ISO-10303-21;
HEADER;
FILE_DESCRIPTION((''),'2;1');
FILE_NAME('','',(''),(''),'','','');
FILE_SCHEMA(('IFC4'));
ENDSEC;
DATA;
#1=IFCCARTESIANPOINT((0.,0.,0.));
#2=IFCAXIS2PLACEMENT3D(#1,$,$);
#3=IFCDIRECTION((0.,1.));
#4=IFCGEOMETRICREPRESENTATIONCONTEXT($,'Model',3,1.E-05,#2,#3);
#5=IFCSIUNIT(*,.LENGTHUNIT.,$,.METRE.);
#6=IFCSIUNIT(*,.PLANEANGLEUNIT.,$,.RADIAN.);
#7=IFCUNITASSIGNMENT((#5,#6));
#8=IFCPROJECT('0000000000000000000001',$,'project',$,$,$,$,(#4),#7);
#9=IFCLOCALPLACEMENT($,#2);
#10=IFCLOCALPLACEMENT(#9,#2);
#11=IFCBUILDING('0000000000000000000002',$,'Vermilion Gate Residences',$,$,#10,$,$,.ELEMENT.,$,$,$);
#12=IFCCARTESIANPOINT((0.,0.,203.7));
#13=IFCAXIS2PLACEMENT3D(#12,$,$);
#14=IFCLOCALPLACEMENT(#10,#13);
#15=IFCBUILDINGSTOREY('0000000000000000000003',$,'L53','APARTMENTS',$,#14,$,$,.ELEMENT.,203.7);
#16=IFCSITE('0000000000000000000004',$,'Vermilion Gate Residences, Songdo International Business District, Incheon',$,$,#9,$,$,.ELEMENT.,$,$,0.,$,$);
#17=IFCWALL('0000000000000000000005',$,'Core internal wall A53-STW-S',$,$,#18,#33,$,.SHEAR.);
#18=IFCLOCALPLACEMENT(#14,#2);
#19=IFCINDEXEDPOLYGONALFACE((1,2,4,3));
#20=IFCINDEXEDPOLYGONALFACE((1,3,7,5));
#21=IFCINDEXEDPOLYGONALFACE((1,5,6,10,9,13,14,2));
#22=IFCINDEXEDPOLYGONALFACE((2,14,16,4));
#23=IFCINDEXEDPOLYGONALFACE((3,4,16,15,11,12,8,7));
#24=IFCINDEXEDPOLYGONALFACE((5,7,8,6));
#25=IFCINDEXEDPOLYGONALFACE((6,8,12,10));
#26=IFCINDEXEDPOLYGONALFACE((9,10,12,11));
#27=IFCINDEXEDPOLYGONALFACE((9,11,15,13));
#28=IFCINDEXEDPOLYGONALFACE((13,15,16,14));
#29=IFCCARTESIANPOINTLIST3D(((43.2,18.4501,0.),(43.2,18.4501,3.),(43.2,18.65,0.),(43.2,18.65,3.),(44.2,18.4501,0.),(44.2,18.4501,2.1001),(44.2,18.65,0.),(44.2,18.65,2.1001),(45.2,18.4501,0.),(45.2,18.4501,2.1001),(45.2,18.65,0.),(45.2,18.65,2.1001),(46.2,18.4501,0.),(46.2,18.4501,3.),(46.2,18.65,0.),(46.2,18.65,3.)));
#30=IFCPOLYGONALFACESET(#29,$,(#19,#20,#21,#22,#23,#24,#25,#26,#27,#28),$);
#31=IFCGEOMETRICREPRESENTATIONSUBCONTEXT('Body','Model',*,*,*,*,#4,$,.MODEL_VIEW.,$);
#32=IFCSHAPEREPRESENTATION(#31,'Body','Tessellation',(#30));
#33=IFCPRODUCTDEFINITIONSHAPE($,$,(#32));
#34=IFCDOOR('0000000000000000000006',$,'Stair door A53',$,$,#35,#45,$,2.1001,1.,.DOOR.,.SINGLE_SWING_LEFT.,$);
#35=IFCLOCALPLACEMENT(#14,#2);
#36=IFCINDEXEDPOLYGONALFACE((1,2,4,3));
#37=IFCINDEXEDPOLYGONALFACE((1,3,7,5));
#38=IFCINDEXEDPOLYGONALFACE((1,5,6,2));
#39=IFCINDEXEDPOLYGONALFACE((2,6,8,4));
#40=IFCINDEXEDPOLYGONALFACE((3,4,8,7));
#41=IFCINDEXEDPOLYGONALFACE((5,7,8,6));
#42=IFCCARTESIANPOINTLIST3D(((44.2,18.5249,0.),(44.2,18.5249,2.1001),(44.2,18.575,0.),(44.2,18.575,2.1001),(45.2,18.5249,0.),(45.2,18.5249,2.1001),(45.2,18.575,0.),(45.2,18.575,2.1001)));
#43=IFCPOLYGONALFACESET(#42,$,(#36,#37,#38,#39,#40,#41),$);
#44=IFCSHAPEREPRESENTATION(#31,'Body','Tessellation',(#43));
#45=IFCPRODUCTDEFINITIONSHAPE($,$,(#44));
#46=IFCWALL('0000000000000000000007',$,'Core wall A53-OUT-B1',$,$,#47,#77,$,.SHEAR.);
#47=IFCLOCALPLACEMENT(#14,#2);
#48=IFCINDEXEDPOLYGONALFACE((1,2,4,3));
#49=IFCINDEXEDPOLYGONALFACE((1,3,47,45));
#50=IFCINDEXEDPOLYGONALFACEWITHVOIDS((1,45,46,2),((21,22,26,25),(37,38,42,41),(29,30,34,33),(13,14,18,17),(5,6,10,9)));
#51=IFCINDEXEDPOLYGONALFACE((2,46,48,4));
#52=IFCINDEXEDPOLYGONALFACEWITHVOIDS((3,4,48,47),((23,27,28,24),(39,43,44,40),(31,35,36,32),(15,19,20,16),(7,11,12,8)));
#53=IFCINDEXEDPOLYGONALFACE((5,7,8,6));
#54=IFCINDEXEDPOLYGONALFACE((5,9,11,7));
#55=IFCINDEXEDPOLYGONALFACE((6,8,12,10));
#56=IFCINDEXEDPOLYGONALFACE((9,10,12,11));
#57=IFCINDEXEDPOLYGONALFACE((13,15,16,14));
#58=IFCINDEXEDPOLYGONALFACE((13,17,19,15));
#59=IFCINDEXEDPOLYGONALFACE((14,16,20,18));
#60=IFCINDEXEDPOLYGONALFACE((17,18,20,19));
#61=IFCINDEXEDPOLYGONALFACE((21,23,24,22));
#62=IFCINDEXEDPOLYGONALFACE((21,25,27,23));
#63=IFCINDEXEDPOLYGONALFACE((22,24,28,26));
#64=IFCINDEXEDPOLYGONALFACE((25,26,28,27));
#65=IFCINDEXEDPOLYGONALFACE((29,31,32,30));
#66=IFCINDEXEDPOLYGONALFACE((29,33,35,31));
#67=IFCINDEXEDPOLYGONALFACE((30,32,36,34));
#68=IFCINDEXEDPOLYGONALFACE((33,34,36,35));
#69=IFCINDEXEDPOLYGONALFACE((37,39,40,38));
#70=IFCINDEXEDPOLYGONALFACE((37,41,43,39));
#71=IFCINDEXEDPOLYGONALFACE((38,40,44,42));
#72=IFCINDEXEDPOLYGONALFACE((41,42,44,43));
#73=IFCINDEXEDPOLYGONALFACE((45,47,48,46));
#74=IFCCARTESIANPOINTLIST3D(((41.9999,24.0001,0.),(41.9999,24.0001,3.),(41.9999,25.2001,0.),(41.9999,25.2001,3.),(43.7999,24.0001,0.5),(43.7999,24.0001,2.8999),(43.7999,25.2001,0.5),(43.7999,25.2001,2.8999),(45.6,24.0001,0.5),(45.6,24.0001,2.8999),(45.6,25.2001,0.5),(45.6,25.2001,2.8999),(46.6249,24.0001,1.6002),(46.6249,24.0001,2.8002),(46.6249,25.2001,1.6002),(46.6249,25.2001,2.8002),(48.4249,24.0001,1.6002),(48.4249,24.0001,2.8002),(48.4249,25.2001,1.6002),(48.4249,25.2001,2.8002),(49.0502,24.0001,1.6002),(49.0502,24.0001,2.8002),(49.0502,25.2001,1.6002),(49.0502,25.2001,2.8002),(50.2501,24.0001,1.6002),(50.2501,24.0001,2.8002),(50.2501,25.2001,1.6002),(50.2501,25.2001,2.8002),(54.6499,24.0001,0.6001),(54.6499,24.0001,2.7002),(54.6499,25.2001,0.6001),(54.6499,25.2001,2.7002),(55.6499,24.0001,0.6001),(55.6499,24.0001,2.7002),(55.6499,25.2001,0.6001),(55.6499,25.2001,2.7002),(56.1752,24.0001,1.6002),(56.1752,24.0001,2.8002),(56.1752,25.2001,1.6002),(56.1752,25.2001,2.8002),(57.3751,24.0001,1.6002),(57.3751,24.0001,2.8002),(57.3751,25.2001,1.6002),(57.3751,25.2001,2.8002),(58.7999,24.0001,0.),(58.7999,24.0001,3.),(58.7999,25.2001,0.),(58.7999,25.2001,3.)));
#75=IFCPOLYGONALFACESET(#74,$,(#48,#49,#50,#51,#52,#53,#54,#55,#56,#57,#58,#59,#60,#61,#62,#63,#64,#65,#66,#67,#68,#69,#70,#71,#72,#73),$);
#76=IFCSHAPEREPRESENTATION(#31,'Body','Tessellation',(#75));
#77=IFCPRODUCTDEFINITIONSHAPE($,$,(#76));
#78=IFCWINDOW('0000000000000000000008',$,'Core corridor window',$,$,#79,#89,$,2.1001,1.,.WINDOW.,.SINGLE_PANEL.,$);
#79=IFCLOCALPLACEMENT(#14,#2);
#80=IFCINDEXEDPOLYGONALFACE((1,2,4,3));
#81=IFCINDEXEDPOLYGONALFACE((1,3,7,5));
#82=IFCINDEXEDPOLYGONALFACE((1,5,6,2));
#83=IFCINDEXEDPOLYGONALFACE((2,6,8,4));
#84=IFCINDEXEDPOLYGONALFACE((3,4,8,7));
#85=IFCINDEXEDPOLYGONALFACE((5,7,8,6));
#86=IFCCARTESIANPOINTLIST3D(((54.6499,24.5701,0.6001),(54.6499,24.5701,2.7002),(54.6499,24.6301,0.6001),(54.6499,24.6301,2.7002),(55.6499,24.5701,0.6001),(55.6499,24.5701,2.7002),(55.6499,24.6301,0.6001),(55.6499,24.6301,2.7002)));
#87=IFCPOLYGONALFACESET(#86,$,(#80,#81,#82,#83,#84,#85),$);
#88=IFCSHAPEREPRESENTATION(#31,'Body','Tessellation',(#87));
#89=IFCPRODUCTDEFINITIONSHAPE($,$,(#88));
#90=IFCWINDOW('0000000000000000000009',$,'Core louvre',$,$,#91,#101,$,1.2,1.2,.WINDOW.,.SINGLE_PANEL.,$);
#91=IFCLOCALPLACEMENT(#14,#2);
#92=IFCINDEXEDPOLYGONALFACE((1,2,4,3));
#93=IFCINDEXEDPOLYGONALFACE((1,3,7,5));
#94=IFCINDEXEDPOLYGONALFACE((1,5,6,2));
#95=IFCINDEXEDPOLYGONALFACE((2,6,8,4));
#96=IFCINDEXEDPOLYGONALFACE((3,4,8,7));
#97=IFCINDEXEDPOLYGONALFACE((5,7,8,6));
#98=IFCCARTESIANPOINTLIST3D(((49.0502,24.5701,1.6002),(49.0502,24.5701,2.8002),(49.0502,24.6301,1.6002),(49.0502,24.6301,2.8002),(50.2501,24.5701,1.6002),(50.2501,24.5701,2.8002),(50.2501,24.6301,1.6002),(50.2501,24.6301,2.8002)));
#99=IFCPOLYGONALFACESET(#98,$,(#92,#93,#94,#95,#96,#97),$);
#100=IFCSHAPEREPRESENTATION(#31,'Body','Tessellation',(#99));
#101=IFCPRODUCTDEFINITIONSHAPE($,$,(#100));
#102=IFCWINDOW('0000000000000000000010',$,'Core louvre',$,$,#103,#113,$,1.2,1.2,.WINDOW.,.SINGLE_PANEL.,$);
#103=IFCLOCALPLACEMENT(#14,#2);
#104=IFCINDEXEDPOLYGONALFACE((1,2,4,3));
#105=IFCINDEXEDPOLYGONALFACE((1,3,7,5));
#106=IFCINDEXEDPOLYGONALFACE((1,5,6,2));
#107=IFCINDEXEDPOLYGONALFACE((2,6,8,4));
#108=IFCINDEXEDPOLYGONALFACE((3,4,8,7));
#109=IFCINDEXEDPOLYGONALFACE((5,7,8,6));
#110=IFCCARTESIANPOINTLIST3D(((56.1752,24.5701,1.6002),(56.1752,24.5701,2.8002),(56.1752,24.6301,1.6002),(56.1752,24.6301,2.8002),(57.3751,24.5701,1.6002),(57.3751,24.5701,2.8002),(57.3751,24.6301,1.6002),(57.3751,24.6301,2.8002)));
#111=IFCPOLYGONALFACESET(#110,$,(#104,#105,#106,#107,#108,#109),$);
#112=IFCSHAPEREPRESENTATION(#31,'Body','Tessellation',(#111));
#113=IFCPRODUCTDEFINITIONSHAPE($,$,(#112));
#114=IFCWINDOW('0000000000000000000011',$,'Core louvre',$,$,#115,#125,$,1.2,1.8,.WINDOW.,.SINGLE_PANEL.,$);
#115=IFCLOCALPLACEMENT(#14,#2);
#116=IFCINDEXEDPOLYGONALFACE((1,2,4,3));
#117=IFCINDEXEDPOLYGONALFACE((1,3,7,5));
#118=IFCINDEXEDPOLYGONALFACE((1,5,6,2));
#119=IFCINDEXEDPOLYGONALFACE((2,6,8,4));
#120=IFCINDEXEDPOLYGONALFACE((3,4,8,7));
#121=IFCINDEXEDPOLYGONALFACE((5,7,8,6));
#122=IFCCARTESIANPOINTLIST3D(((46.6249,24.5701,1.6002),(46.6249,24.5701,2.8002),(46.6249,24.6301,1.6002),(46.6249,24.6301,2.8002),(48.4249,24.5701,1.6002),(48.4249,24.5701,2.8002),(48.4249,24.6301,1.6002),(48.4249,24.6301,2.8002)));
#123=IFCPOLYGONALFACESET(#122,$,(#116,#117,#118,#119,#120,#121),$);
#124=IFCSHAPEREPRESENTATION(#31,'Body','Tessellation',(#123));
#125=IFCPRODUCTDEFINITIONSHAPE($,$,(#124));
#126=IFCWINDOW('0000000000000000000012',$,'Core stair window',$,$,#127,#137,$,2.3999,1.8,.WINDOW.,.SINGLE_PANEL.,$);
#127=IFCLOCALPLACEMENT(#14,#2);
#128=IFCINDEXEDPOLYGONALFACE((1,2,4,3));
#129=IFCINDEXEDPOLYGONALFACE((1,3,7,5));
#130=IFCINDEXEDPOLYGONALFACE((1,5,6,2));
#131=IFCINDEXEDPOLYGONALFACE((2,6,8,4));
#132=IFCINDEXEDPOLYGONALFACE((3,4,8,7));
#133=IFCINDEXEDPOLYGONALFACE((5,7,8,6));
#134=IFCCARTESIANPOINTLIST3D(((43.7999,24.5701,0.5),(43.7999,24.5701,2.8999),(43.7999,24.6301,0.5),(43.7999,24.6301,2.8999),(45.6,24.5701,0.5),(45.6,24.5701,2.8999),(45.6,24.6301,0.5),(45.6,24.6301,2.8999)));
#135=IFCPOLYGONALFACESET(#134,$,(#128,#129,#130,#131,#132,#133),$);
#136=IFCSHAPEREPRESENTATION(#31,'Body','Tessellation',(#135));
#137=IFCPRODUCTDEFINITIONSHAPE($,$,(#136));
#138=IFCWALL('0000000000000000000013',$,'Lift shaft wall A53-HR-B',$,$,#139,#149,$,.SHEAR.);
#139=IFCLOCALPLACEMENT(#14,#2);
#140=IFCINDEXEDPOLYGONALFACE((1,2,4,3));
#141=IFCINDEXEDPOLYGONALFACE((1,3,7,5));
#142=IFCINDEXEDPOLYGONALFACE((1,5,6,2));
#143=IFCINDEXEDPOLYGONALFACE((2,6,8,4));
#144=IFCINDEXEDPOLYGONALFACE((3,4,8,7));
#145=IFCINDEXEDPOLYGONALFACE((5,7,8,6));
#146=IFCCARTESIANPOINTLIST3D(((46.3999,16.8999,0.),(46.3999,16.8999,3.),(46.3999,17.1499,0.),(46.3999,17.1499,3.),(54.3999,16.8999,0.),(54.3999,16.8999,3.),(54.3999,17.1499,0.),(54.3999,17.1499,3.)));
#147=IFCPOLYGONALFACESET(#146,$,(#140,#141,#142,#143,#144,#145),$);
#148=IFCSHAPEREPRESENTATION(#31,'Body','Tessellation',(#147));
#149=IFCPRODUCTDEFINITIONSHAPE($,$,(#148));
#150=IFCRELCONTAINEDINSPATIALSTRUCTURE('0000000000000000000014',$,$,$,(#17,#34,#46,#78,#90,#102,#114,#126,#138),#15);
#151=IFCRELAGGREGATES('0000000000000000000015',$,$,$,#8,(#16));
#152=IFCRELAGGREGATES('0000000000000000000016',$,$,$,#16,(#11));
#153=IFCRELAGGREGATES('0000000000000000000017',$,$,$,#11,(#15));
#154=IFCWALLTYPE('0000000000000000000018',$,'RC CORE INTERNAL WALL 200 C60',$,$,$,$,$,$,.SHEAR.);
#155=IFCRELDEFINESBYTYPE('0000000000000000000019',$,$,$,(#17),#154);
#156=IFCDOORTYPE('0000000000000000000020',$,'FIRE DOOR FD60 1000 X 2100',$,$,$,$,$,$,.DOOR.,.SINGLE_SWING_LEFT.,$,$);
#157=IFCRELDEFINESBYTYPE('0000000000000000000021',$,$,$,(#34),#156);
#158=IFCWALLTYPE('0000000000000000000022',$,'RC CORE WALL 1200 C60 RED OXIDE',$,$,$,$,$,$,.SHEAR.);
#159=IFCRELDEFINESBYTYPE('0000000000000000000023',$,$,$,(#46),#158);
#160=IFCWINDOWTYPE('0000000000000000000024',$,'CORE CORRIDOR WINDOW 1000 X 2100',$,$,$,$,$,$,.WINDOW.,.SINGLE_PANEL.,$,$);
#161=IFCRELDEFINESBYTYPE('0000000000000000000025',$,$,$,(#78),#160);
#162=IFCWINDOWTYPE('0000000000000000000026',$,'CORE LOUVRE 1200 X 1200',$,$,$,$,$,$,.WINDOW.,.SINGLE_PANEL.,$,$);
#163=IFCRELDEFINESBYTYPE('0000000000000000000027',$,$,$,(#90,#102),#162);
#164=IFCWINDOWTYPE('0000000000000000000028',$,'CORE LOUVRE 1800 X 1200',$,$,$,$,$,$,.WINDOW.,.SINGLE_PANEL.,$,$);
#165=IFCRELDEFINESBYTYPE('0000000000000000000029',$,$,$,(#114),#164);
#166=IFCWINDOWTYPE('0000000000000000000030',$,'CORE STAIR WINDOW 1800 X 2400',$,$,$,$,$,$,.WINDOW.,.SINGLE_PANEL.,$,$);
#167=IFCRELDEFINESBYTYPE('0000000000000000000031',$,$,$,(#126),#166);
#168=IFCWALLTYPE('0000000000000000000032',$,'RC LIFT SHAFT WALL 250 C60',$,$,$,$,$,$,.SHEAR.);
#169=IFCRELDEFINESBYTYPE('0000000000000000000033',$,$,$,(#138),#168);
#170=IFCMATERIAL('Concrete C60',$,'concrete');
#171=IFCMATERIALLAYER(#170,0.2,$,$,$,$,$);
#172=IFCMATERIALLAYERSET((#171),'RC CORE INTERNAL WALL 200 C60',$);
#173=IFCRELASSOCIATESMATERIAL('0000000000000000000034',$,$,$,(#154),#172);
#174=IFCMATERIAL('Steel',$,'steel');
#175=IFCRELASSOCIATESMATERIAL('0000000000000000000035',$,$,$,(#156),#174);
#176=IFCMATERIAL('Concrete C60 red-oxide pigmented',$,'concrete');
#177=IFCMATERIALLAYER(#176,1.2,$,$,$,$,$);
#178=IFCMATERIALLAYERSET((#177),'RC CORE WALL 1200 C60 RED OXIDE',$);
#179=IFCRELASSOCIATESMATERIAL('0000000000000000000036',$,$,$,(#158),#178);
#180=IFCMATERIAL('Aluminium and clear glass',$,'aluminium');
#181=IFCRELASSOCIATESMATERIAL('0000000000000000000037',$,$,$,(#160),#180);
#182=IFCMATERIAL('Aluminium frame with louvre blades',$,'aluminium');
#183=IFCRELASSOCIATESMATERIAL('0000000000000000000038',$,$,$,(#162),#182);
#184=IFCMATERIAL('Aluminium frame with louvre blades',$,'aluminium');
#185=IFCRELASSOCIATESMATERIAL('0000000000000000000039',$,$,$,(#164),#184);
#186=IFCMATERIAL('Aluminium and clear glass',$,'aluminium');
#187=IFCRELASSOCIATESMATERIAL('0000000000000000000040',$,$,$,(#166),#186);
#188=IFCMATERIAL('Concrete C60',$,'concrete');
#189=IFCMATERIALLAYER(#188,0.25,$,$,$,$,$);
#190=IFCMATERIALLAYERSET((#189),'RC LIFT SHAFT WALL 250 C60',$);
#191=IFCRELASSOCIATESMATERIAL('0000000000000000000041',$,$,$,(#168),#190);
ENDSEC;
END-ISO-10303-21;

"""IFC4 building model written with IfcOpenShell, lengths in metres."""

from ifc_helpers import new_model, si_unit, direction, frame, frame_2d, origin, place, context, subcontext, project, spatial, rectangle, extrude, material, layer, layer_set, type_object, element, fill, save


model = new_model("IFC4")

# Units and contexts
model_context = context("Model", 3, precision=1e-05, world=origin(), true_north=direction((0.0, 1.0)))
body_context = subcontext(model_context, "Body", "Model", "MODEL_VIEW")
ifc_project = project(units=[si_unit("LENGTHUNIT", "METRE"), si_unit("PLANEANGLEUNIT", "RADIAN")], contexts=[model_context])

# Site, building, storey
site_placement = place(None, origin())
site = spatial("IfcSite", under=ifc_project, at=site_placement, Name="Vermilion Gate Residences, Songdo International Business District, Incheon", CompositionType="ELEMENT", RefElevation=0.0)
building_placement = place(site_placement, origin())
building = spatial("IfcBuilding", under=site, at=building_placement, Name="Vermilion Gate Residences", CompositionType="ELEMENT")
storey_placement = place(building_placement, frame((0.0, 0.0, 203.7)))
storey = spatial("IfcBuildingStorey", under=building, at=storey_placement, Name="L53", Description="APARTMENTS", CompositionType="ELEMENT", Elevation=203.7)

# Shared definitions
ifc_material_1 = material(Name="Concrete C60", Category="concrete")
ifc_layer_1 = layer(ifc_material_1, 0.2)
ifc_layer_set_1 = layer_set([ifc_layer_1], Name="RC CORE INTERNAL WALL 200 C60")
wall_type_1 = type_object("IfcWallType", Name="RC CORE INTERNAL WALL 200 C60", PredefinedType="SHEAR", material=ifc_layer_set_1)

# Wall, opening, door
wall_1_placement = place(storey_placement, frame((43.2, 18.55, 0.0), z_axis=(0.0, 0.0, 1.0), x_axis=(1.0, 0.0, 0.0)))
wall_1 = element("IfcWall", 1, at=wall_1_placement, inside=storey, type_object=wall_type_1, Name="Core internal wall A53-STW-S", PredefinedType="SHEAR", context=body_context, shape_type="SweptSolid", body=[
    extrude(rectangle(XDim=3.0, YDim=0.2, at=frame_2d((1.5, 0.0))), origin(), (0.0, 0.0, 1.0), 3.0),
])
opening_1_placement = place(wall_1_placement, frame((1.0, 0.0, 0.0)))
opening_1 = element("IfcOpeningElement", 2, at=opening_1_placement, cuts=wall_1, PredefinedType="OPENING", context=body_context, shape_type="SweptSolid", body=[
    extrude(rectangle(XDim=1.0, YDim=2.1001, at=frame_2d((0.5, 1.05))), frame((0.0, 0.1099, 0.0), z_axis=(0.0, -1.0, 0.0), x_axis=(1.0, 0.0, 0.0)), (0.0, 0.0, 1.0), 0.22),
])
ifc_material_2 = material(Name="Steel", Category="steel")
door_type_1 = type_object("IfcDoorType", Name="FIRE DOOR FD60 1000 X 2100", OperationType="SINGLE_SWING_LEFT", PredefinedType="DOOR", material=ifc_material_2)
door_1_placement = place(opening_1_placement, origin())
door_1 = element("IfcDoor", 3, at=door_1_placement, inside=storey, type_object=door_type_1, Name="Stair door A53", OperationType="SINGLE_SWING_LEFT", OverallHeight=2.1001, OverallWidth=1.0, PredefinedType="DOOR", context=body_context, shape_type="SweptSolid", body=[
    extrude(rectangle(XDim=1.0, YDim=2.1001, at=frame_2d((0.5, 1.05))), frame((0.0, 0.0249, 0.0), z_axis=(0.0, -1.0, 0.0), x_axis=(1.0, 0.0, 0.0)), (0.0, 0.0, 1.0), 0.05),
])
fill(opening_1, door_1)

# Wall, openings, windows
ifc_material_3 = material(Name="Concrete C60 red-oxide pigmented", Category="concrete")
ifc_layer_2 = layer(ifc_material_3, 1.2)
ifc_layer_set_2 = layer_set([ifc_layer_2], Name="RC CORE WALL 1200 C60 RED OXIDE")
wall_type_2 = type_object("IfcWallType", Name="RC CORE WALL 1200 C60 RED OXIDE", PredefinedType="SHEAR", material=ifc_layer_set_2)
wall_2_placement = place(storey_placement, frame((42.0, 24.6001, 0.0), z_axis=(0.0, 0.0, 1.0), x_axis=(1.0, 0.0, 0.0)))
wall_2 = element("IfcWall", 4, at=wall_2_placement, inside=storey, type_object=wall_type_2, Name="Core wall A53-OUT-B1", PredefinedType="SHEAR", context=body_context, shape_type="SweptSolid", body=[
    extrude(rectangle(XDim=16.8, YDim=1.2, at=frame_2d((8.3999, 0.0))), origin(), (0.0, 0.0, 1.0), 3.0),
])
opening_2_placement = place(wall_2_placement, frame((1.8, 0.0, 0.5)))
opening_2 = element("IfcOpeningElement", 5, at=opening_2_placement, cuts=wall_2, PredefinedType="OPENING", context=body_context, shape_type="SweptSolid", body=[
    extrude(rectangle(XDim=1.8, YDim=2.3999, at=frame_2d((0.8999, 1.2))), frame((0.0, 0.6099, 0.0), z_axis=(0.0, -1.0, 0.0), x_axis=(1.0, 0.0, 0.0)), (0.0, 0.0, 1.0), 1.22),
])
opening_3_placement = place(wall_2_placement, frame((4.625, 0.0, 1.6001)))
opening_3 = element("IfcOpeningElement", 6, at=opening_3_placement, cuts=wall_2, PredefinedType="OPENING", context=body_context, shape_type="SweptSolid", body=[
    extrude(rectangle(XDim=1.8, YDim=1.2, at=frame_2d((0.8999, 0.6001))), frame((0.0, 0.6099, 0.0), z_axis=(0.0, -1.0, 0.0), x_axis=(1.0, 0.0, 0.0)), (0.0, 0.0, 1.0), 1.22),
])
opening_4_placement = place(wall_2_placement, frame((7.05, 0.0, 1.6001)))
opening_4 = element("IfcOpeningElement", 7, at=opening_4_placement, cuts=wall_2, PredefinedType="OPENING", context=body_context, shape_type="SweptSolid", body=[
    extrude(rectangle(XDim=1.2, YDim=1.2, at=frame_2d((0.6001, 0.6001))), frame((0.0, 0.6099, 0.0), z_axis=(0.0, -1.0, 0.0), x_axis=(1.0, 0.0, 0.0)), (0.0, 0.0, 1.0), 1.22),
])
opening_5_placement = place(wall_2_placement, frame((12.6499, 0.0, 0.6001)))
opening_5 = element("IfcOpeningElement", 8, at=opening_5_placement, cuts=wall_2, PredefinedType="OPENING", context=body_context, shape_type="SweptSolid", body=[
    extrude(rectangle(XDim=1.0, YDim=2.1001, at=frame_2d((0.5, 1.05))), frame((0.0, 0.6099, 0.0), z_axis=(0.0, -1.0, 0.0), x_axis=(1.0, 0.0, 0.0)), (0.0, 0.0, 1.0), 1.22),
])
opening_6_placement = place(wall_2_placement, frame((14.175, 0.0, 1.6001)))
opening_6 = element("IfcOpeningElement", 9, at=opening_6_placement, cuts=wall_2, PredefinedType="OPENING", context=body_context, shape_type="SweptSolid", body=[
    extrude(rectangle(XDim=1.2, YDim=1.2, at=frame_2d((0.6001, 0.6001))), frame((0.0, 0.6099, 0.0), z_axis=(0.0, -1.0, 0.0), x_axis=(1.0, 0.0, 0.0)), (0.0, 0.0, 1.0), 1.22),
])
ifc_material_4 = material(Name="Aluminium and clear glass", Category="aluminium")
window_type_1 = type_object("IfcWindowType", Name="CORE CORRIDOR WINDOW 1000 X 2100", PartitioningType="SINGLE_PANEL", PredefinedType="WINDOW", material=ifc_material_4)
window_1_placement = place(opening_5_placement, origin())
window_1 = element("IfcWindow", 10, at=window_1_placement, inside=storey, type_object=window_type_1, Name="Core corridor window", OverallHeight=2.1001, OverallWidth=1.0, PartitioningType="SINGLE_PANEL", PredefinedType="WINDOW", context=body_context, shape_type="SweptSolid", body=[
    extrude(rectangle(XDim=1.0, YDim=2.1001, at=frame_2d((0.5, 1.05))), frame((0.0, 0.03, 0.0), z_axis=(0.0, -1.0, 0.0), x_axis=(1.0, 0.0, 0.0)), (0.0, 0.0, 1.0), 0.0601),
])
fill(opening_5, window_1)
ifc_material_5 = material(Name="Aluminium frame with louvre blades", Category="aluminium")
window_type_2 = type_object("IfcWindowType", Name="CORE LOUVRE 1200 X 1200", PartitioningType="SINGLE_PANEL", PredefinedType="WINDOW", material=ifc_material_5)
window_2_placement = place(opening_4_placement, origin())
window_2 = element("IfcWindow", 11, at=window_2_placement, inside=storey, type_object=window_type_2, Name="Core louvre", OverallHeight=1.2, OverallWidth=1.2, PartitioningType="SINGLE_PANEL", PredefinedType="WINDOW", context=body_context, shape_type="SweptSolid", body=[
    extrude(rectangle(XDim=1.2, YDim=1.2, at=frame_2d((0.6001, 0.6001))), frame((0.0, 0.03, 0.0), z_axis=(0.0, -1.0, 0.0), x_axis=(1.0, 0.0, 0.0)), (0.0, 0.0, 1.0), 0.0601),
])
fill(opening_4, window_2)
window_3_placement = place(opening_6_placement, origin())
window_3 = element("IfcWindow", 12, at=window_3_placement, inside=storey, type_object=window_type_2, Name="Core louvre", OverallHeight=1.2, OverallWidth=1.2, PartitioningType="SINGLE_PANEL", PredefinedType="WINDOW", context=body_context, shape_type="SweptSolid", body=[
    extrude(rectangle(XDim=1.2, YDim=1.2, at=frame_2d((0.6001, 0.6001))), frame((0.0, 0.03, 0.0), z_axis=(0.0, -1.0, 0.0), x_axis=(1.0, 0.0, 0.0)), (0.0, 0.0, 1.0), 0.0601),
])
fill(opening_6, window_3)
ifc_material_6 = material(Name="Aluminium frame with louvre blades", Category="aluminium")
window_type_3 = type_object("IfcWindowType", Name="CORE LOUVRE 1800 X 1200", PartitioningType="SINGLE_PANEL", PredefinedType="WINDOW", material=ifc_material_6)
window_4_placement = place(opening_3_placement, origin())
window_4 = element("IfcWindow", 13, at=window_4_placement, inside=storey, type_object=window_type_3, Name="Core louvre", OverallHeight=1.2, OverallWidth=1.8, PartitioningType="SINGLE_PANEL", PredefinedType="WINDOW", context=body_context, shape_type="SweptSolid", body=[
    extrude(rectangle(XDim=1.8, YDim=1.2, at=frame_2d((0.8999, 0.6001))), frame((0.0, 0.03, 0.0), z_axis=(0.0, -1.0, 0.0), x_axis=(1.0, 0.0, 0.0)), (0.0, 0.0, 1.0), 0.0601),
])
fill(opening_3, window_4)
ifc_material_7 = material(Name="Aluminium and clear glass", Category="aluminium")
window_type_4 = type_object("IfcWindowType", Name="CORE STAIR WINDOW 1800 X 2400", PartitioningType="SINGLE_PANEL", PredefinedType="WINDOW", material=ifc_material_7)
window_5_placement = place(opening_2_placement, origin())
window_5 = element("IfcWindow", 14, at=window_5_placement, inside=storey, type_object=window_type_4, Name="Core stair window", OverallHeight=2.3999, OverallWidth=1.8, PartitioningType="SINGLE_PANEL", PredefinedType="WINDOW", context=body_context, shape_type="SweptSolid", body=[
    extrude(rectangle(XDim=1.8, YDim=2.3999, at=frame_2d((0.8999, 1.2))), frame((0.0, 0.03, 0.0), z_axis=(0.0, -1.0, 0.0), x_axis=(1.0, 0.0, 0.0)), (0.0, 0.0, 1.0), 0.0601),
])
fill(opening_2, window_5)

# Wall
ifc_material_8 = material(Name="Concrete C60", Category="concrete")
ifc_layer_3 = layer(ifc_material_8, 0.25)
ifc_layer_set_3 = layer_set([ifc_layer_3], Name="RC LIFT SHAFT WALL 250 C60")
wall_type_3 = type_object("IfcWallType", Name="RC LIFT SHAFT WALL 250 C60", PredefinedType="SHEAR", material=ifc_layer_set_3)
wall_3_placement = place(storey_placement, frame((46.3999, 17.0249, 0.0), z_axis=(0.0, 0.0, 1.0), x_axis=(1.0, 0.0, 0.0)))
element("IfcWall", 15, at=wall_3_placement, inside=storey, type_object=wall_type_3, Name="Lift shaft wall A53-HR-B", PredefinedType="SHEAR", context=body_context, shape_type="SweptSolid", body=[
    extrude(rectangle(XDim=8.0, YDim=0.25, at=frame_2d((4.0, 0.0))), origin(), (0.0, 0.0, 1.0), 3.0),
])

save(model, "model.ifc")
